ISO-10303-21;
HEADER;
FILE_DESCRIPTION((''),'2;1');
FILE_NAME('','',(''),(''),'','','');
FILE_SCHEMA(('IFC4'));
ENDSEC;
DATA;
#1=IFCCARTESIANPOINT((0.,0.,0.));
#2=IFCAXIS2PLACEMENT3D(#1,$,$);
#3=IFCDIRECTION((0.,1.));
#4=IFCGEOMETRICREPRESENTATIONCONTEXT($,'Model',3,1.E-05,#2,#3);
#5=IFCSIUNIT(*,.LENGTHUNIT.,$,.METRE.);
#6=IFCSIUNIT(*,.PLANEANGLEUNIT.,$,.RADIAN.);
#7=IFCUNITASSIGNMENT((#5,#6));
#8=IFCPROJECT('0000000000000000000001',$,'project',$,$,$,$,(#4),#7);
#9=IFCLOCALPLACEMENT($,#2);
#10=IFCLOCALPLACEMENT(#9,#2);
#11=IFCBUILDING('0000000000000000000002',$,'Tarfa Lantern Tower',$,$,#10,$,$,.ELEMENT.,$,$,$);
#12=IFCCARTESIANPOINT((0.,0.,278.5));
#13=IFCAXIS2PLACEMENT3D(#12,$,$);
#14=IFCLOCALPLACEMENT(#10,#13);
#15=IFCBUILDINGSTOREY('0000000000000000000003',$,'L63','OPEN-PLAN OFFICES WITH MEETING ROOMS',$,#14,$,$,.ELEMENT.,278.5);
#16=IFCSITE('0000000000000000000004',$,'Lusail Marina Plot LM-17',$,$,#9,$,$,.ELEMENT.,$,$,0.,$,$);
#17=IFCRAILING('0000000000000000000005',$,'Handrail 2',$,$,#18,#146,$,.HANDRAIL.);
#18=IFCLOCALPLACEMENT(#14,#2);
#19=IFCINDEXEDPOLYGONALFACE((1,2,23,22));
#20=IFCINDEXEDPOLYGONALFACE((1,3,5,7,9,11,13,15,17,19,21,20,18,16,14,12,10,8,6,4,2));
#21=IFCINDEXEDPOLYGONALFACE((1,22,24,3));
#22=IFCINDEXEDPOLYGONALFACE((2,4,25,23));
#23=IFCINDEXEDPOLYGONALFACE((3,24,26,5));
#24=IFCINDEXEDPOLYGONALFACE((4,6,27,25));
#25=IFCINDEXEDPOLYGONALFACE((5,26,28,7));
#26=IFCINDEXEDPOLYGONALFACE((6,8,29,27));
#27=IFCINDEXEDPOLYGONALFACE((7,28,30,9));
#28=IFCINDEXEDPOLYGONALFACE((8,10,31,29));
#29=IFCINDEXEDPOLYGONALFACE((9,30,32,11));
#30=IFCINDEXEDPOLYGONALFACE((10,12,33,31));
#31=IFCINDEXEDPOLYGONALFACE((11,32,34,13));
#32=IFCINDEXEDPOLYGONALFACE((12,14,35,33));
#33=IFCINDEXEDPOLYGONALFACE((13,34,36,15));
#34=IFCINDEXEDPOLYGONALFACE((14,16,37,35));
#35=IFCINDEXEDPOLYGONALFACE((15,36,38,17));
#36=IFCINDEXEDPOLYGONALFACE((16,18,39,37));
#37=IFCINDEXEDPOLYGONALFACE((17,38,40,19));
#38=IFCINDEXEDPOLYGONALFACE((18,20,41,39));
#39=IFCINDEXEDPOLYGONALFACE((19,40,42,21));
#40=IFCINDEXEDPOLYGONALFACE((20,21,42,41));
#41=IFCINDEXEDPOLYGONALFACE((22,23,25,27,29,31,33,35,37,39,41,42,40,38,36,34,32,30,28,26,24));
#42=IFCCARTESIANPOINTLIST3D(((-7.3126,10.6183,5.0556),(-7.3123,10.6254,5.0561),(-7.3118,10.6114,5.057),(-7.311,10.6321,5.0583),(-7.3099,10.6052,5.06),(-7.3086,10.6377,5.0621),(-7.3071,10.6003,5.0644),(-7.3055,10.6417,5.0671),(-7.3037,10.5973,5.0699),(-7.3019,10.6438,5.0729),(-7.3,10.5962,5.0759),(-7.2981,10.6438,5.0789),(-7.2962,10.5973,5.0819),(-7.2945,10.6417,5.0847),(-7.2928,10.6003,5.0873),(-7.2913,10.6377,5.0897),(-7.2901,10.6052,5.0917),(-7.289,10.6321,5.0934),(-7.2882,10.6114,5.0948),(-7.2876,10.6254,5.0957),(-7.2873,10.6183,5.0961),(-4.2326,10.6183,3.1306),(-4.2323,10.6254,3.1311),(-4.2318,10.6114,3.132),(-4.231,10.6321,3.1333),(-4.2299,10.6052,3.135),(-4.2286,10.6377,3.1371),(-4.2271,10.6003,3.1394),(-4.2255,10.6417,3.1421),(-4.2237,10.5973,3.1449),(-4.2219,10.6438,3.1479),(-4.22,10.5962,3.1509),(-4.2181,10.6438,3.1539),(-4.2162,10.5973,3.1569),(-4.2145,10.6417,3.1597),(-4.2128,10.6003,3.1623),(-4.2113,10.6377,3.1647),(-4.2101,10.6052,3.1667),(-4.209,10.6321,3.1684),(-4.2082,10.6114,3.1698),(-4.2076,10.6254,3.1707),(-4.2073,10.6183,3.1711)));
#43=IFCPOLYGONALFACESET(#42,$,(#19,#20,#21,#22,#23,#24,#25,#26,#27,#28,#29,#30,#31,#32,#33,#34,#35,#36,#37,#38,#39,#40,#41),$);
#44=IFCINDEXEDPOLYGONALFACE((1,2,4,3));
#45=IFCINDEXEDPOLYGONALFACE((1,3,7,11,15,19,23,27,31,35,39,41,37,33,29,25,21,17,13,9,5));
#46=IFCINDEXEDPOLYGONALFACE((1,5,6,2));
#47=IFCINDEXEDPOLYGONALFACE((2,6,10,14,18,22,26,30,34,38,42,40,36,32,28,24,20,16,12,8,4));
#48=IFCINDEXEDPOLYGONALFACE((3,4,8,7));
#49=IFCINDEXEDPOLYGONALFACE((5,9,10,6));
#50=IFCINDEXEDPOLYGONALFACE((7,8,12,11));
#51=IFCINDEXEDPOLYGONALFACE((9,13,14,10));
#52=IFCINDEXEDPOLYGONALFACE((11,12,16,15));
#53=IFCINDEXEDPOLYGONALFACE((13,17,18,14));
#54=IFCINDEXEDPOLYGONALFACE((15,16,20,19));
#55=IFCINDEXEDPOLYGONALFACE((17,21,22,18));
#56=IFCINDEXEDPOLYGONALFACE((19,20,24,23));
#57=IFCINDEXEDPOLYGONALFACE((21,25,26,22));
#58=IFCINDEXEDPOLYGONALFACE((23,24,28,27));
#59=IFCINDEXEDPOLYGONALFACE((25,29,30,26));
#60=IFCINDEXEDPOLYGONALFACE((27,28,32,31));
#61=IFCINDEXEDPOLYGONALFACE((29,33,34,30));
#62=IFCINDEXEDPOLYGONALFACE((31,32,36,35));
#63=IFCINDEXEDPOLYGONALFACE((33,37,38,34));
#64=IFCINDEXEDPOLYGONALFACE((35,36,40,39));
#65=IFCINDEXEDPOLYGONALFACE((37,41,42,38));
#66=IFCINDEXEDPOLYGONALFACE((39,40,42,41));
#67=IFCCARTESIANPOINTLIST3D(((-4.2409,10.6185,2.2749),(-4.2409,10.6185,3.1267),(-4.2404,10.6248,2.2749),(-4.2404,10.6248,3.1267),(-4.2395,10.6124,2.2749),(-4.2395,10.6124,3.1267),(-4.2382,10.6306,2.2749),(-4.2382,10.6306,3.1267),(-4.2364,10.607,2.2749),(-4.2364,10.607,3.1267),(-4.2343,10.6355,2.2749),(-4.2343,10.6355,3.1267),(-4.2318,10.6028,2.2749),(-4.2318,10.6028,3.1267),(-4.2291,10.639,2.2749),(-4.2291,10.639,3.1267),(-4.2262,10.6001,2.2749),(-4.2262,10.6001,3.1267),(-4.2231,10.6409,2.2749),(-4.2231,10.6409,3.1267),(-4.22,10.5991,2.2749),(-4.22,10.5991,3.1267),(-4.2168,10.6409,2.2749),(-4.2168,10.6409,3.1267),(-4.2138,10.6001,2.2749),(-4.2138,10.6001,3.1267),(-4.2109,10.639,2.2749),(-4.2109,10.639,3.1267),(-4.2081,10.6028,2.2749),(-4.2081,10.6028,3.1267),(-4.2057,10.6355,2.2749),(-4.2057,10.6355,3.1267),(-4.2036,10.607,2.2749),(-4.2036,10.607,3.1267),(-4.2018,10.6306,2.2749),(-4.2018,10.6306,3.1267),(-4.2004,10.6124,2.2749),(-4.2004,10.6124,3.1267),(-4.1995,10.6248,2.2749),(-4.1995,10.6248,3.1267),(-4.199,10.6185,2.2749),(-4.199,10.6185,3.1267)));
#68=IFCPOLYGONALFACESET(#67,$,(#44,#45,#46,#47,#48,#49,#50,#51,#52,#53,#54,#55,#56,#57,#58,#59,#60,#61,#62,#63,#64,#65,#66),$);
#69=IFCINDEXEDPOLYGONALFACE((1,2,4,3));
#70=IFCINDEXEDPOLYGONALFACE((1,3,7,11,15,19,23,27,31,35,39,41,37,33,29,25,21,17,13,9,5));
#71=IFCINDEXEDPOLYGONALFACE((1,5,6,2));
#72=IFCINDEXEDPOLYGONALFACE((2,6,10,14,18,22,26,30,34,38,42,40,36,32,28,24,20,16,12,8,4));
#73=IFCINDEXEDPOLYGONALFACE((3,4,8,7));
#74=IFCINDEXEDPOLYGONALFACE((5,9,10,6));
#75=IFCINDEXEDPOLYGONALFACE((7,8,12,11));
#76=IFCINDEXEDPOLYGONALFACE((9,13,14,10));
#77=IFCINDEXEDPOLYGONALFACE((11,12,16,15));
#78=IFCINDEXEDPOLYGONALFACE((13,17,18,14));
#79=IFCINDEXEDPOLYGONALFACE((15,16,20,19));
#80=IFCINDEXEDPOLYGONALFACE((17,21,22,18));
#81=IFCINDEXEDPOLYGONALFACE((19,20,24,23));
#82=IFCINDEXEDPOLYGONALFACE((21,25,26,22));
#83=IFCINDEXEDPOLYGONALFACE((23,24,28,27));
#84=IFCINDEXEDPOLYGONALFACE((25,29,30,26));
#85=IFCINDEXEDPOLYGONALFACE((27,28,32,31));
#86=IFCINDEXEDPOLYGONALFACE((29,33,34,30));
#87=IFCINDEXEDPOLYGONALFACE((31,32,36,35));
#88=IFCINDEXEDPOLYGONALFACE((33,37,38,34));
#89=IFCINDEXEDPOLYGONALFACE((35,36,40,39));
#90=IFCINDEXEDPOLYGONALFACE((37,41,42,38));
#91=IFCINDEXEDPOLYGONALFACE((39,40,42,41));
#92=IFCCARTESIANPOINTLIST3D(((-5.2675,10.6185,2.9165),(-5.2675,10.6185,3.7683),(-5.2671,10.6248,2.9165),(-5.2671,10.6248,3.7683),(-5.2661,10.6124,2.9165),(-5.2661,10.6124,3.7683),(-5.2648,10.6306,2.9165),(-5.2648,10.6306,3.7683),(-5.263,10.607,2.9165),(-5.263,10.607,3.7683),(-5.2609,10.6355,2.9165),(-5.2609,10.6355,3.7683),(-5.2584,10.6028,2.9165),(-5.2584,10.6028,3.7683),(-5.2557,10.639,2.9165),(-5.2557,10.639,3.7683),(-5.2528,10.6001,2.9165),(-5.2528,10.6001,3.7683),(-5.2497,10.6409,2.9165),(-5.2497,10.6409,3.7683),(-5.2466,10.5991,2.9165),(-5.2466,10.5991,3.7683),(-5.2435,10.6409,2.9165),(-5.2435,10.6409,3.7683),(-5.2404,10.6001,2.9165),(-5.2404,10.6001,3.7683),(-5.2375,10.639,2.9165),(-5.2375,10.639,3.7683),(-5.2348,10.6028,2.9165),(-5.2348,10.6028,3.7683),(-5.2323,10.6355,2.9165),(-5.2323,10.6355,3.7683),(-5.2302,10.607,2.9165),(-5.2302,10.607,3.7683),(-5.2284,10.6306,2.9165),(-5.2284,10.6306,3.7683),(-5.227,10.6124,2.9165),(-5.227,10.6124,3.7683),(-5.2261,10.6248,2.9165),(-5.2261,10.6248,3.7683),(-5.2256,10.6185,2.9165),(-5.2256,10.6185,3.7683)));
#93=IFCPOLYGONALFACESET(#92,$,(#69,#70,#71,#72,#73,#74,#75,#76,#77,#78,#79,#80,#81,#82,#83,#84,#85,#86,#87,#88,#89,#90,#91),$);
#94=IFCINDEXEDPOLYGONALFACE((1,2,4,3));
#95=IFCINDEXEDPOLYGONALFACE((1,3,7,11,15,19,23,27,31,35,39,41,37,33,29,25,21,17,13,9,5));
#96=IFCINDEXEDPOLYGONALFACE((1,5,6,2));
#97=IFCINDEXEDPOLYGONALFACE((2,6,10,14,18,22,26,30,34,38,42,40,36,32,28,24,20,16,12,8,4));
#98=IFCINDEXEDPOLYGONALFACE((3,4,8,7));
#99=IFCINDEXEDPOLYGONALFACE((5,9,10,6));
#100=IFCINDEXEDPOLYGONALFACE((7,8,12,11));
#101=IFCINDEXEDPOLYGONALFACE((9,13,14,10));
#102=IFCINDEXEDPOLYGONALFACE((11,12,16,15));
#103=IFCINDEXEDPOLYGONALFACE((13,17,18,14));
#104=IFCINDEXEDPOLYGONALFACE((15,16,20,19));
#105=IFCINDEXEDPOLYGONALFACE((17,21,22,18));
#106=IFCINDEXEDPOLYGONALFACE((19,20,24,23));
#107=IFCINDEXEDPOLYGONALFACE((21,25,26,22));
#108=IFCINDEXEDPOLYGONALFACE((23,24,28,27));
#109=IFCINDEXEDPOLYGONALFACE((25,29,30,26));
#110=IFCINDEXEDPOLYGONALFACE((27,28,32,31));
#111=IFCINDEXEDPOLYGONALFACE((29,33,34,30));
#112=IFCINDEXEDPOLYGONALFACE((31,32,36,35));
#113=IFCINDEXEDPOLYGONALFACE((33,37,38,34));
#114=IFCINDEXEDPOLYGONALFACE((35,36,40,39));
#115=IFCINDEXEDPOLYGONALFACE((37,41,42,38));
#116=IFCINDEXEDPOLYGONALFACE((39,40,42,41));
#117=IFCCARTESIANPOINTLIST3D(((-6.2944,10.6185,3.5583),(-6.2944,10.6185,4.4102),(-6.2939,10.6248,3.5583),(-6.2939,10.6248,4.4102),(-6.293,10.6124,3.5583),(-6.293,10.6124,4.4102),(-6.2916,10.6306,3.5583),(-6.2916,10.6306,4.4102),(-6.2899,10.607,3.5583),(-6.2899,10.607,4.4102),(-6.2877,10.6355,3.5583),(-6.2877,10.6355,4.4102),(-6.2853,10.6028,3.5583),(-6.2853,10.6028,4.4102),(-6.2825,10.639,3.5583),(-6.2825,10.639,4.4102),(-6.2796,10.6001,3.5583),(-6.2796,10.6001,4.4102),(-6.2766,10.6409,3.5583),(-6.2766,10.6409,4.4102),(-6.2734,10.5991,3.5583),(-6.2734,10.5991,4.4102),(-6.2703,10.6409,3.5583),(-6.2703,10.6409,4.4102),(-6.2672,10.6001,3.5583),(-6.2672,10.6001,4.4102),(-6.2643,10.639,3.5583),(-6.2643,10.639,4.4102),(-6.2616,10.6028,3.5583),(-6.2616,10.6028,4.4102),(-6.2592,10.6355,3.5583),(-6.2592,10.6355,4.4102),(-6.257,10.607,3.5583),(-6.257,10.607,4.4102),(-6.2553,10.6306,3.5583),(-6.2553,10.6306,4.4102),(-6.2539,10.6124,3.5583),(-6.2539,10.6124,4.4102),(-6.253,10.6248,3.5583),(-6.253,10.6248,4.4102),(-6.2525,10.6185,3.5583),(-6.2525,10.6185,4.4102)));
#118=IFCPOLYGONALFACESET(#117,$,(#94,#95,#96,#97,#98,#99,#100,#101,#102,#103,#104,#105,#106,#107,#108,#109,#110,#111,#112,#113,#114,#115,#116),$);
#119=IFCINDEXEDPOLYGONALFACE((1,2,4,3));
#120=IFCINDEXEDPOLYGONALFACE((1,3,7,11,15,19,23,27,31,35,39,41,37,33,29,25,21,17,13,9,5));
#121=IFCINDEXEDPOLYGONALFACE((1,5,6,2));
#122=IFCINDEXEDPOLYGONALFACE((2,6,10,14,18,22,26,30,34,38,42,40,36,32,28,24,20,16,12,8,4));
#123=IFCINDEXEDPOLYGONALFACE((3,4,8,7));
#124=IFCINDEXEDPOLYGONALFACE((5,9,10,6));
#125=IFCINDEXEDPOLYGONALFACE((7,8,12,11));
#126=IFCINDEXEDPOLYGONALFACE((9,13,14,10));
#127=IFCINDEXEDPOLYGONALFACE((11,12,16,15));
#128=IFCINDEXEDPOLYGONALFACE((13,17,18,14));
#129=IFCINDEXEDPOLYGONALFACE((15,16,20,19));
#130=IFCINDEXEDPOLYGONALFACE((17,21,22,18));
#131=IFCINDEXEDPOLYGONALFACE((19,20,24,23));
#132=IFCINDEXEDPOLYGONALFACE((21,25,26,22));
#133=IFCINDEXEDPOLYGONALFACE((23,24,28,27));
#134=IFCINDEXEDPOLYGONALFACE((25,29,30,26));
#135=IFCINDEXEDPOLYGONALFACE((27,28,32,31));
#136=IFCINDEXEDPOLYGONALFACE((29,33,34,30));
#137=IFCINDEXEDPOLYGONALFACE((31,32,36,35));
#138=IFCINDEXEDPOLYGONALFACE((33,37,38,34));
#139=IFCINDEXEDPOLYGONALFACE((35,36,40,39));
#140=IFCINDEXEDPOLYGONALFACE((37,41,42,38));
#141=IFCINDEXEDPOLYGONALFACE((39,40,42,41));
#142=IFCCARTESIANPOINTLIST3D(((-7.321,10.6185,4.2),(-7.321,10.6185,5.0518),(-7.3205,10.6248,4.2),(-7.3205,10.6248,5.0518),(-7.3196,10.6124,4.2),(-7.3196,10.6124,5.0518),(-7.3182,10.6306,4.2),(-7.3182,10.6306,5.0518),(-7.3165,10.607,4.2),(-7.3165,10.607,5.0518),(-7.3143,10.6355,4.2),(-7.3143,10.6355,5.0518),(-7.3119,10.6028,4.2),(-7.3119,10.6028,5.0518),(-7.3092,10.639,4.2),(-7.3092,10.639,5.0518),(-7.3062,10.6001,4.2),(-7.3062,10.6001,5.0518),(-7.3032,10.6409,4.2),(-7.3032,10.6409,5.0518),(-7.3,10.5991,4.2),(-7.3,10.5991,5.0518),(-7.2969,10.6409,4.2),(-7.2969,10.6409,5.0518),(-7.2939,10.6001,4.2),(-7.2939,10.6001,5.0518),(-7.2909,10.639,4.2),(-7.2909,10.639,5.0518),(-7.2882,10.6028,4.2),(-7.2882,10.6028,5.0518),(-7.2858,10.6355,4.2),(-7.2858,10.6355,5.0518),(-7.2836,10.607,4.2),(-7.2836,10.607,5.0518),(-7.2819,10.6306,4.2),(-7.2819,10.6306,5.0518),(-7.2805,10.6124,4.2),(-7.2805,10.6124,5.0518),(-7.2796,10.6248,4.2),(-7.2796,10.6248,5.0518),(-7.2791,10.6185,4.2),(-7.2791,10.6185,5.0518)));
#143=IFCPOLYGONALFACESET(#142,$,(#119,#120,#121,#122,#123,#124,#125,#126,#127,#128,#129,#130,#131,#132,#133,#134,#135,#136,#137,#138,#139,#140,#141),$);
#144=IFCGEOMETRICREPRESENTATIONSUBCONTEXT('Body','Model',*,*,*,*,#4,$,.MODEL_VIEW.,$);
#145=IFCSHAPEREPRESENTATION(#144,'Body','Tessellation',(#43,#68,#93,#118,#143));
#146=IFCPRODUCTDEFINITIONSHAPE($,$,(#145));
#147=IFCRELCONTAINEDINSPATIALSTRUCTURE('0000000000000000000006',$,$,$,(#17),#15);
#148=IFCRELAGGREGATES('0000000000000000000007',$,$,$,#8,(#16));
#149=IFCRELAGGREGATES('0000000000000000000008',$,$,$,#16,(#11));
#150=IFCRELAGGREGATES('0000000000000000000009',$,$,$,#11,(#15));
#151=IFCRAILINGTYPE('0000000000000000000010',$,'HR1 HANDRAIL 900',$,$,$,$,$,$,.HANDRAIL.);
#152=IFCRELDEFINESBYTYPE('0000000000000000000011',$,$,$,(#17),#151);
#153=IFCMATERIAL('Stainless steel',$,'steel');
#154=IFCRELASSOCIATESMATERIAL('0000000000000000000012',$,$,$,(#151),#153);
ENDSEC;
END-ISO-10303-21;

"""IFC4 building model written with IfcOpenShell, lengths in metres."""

from ifc_helpers import new_model, si_unit, direction, frame, origin, origin_2d, place, context, subcontext, project, spatial, circle, extrude, material, type_object, element, save


model = new_model("IFC4")

# Units and contexts
model_context = context("Model", 3, precision=1e-05, world=origin(), true_north=direction((0.0, 1.0)))
body_context = subcontext(model_context, "Body", "Model", "MODEL_VIEW")
ifc_project = project(units=[si_unit("LENGTHUNIT", "METRE"), si_unit("PLANEANGLEUNIT", "RADIAN")], contexts=[model_context])

# Site, building, storey
site_placement = place(None, origin())
site = spatial("IfcSite", under=ifc_project, at=site_placement, Name="Lusail Marina Plot LM-17", CompositionType="ELEMENT", RefElevation=0.0)
building_placement = place(site_placement, origin())
building = spatial("IfcBuilding", under=site, at=building_placement, Name="Tarfa Lantern Tower", CompositionType="ELEMENT")
storey_placement = place(building_placement, frame((0.0, 0.0, 278.5)))
storey = spatial("IfcBuildingStorey", under=building, at=storey_placement, Name="L63", Description="OPEN-PLAN OFFICES WITH MEETING ROOMS", CompositionType="ELEMENT", Elevation=278.5)

# Railing
ifc_material_1 = material(Name="Stainless steel", Category="steel")
railing_type = type_object("IfcRailingType", Name="HR1 HANDRAIL 900", PredefinedType="HANDRAIL", material=ifc_material_1)
railing_1_placement = place(storey_placement, frame((-4.22, 10.6201, 2.2749)))
element("IfcRailing", 1, at=railing_1_placement, inside=storey, type_object=railing_type, Name="Handrail 2", PredefinedType="HANDRAIL", context=body_context, shape_type="SweptSolid", body=[
    extrude(circle(Radius=0.0239, at=origin_2d()), frame((0.0, 0.0, 0.876), z_axis=(-0.847998, 0.0, 0.529999), x_axis=(0.0, -1.0, 0.0)), (0.0, 0.0, 1.0), 3.6321),
    extrude(circle(Radius=0.021, at=origin_2d()), frame((0.0, 0.0, 0.0), z_axis=(0.0, 0.0, 1.0), x_axis=(0.0, -1.0, 0.0)), (0.0, 0.0, 1.0), 0.8518),
    extrude(circle(Radius=0.021, at=origin_2d()), frame((-1.0266, 0.0, 0.6416), z_axis=(0.0, 0.0, 1.0), x_axis=(0.0, -1.0, 0.0)), (0.0, 0.0, 1.0), 0.8518),
    extrude(circle(Radius=0.021, at=origin_2d()), frame((-2.0535, 0.0, 1.2834), z_axis=(0.0, 0.0, 1.0), x_axis=(0.0, -1.0, 0.0)), (0.0, 0.0, 1.0), 0.8518),
    extrude(circle(Radius=0.021, at=origin_2d()), frame((-3.0801, 0.0, 1.925), z_axis=(0.0, 0.0, 1.0), x_axis=(0.0, -1.0, 0.0)), (0.0, 0.0, 1.0), 0.8518),
])

save(model, "model.ifc")
